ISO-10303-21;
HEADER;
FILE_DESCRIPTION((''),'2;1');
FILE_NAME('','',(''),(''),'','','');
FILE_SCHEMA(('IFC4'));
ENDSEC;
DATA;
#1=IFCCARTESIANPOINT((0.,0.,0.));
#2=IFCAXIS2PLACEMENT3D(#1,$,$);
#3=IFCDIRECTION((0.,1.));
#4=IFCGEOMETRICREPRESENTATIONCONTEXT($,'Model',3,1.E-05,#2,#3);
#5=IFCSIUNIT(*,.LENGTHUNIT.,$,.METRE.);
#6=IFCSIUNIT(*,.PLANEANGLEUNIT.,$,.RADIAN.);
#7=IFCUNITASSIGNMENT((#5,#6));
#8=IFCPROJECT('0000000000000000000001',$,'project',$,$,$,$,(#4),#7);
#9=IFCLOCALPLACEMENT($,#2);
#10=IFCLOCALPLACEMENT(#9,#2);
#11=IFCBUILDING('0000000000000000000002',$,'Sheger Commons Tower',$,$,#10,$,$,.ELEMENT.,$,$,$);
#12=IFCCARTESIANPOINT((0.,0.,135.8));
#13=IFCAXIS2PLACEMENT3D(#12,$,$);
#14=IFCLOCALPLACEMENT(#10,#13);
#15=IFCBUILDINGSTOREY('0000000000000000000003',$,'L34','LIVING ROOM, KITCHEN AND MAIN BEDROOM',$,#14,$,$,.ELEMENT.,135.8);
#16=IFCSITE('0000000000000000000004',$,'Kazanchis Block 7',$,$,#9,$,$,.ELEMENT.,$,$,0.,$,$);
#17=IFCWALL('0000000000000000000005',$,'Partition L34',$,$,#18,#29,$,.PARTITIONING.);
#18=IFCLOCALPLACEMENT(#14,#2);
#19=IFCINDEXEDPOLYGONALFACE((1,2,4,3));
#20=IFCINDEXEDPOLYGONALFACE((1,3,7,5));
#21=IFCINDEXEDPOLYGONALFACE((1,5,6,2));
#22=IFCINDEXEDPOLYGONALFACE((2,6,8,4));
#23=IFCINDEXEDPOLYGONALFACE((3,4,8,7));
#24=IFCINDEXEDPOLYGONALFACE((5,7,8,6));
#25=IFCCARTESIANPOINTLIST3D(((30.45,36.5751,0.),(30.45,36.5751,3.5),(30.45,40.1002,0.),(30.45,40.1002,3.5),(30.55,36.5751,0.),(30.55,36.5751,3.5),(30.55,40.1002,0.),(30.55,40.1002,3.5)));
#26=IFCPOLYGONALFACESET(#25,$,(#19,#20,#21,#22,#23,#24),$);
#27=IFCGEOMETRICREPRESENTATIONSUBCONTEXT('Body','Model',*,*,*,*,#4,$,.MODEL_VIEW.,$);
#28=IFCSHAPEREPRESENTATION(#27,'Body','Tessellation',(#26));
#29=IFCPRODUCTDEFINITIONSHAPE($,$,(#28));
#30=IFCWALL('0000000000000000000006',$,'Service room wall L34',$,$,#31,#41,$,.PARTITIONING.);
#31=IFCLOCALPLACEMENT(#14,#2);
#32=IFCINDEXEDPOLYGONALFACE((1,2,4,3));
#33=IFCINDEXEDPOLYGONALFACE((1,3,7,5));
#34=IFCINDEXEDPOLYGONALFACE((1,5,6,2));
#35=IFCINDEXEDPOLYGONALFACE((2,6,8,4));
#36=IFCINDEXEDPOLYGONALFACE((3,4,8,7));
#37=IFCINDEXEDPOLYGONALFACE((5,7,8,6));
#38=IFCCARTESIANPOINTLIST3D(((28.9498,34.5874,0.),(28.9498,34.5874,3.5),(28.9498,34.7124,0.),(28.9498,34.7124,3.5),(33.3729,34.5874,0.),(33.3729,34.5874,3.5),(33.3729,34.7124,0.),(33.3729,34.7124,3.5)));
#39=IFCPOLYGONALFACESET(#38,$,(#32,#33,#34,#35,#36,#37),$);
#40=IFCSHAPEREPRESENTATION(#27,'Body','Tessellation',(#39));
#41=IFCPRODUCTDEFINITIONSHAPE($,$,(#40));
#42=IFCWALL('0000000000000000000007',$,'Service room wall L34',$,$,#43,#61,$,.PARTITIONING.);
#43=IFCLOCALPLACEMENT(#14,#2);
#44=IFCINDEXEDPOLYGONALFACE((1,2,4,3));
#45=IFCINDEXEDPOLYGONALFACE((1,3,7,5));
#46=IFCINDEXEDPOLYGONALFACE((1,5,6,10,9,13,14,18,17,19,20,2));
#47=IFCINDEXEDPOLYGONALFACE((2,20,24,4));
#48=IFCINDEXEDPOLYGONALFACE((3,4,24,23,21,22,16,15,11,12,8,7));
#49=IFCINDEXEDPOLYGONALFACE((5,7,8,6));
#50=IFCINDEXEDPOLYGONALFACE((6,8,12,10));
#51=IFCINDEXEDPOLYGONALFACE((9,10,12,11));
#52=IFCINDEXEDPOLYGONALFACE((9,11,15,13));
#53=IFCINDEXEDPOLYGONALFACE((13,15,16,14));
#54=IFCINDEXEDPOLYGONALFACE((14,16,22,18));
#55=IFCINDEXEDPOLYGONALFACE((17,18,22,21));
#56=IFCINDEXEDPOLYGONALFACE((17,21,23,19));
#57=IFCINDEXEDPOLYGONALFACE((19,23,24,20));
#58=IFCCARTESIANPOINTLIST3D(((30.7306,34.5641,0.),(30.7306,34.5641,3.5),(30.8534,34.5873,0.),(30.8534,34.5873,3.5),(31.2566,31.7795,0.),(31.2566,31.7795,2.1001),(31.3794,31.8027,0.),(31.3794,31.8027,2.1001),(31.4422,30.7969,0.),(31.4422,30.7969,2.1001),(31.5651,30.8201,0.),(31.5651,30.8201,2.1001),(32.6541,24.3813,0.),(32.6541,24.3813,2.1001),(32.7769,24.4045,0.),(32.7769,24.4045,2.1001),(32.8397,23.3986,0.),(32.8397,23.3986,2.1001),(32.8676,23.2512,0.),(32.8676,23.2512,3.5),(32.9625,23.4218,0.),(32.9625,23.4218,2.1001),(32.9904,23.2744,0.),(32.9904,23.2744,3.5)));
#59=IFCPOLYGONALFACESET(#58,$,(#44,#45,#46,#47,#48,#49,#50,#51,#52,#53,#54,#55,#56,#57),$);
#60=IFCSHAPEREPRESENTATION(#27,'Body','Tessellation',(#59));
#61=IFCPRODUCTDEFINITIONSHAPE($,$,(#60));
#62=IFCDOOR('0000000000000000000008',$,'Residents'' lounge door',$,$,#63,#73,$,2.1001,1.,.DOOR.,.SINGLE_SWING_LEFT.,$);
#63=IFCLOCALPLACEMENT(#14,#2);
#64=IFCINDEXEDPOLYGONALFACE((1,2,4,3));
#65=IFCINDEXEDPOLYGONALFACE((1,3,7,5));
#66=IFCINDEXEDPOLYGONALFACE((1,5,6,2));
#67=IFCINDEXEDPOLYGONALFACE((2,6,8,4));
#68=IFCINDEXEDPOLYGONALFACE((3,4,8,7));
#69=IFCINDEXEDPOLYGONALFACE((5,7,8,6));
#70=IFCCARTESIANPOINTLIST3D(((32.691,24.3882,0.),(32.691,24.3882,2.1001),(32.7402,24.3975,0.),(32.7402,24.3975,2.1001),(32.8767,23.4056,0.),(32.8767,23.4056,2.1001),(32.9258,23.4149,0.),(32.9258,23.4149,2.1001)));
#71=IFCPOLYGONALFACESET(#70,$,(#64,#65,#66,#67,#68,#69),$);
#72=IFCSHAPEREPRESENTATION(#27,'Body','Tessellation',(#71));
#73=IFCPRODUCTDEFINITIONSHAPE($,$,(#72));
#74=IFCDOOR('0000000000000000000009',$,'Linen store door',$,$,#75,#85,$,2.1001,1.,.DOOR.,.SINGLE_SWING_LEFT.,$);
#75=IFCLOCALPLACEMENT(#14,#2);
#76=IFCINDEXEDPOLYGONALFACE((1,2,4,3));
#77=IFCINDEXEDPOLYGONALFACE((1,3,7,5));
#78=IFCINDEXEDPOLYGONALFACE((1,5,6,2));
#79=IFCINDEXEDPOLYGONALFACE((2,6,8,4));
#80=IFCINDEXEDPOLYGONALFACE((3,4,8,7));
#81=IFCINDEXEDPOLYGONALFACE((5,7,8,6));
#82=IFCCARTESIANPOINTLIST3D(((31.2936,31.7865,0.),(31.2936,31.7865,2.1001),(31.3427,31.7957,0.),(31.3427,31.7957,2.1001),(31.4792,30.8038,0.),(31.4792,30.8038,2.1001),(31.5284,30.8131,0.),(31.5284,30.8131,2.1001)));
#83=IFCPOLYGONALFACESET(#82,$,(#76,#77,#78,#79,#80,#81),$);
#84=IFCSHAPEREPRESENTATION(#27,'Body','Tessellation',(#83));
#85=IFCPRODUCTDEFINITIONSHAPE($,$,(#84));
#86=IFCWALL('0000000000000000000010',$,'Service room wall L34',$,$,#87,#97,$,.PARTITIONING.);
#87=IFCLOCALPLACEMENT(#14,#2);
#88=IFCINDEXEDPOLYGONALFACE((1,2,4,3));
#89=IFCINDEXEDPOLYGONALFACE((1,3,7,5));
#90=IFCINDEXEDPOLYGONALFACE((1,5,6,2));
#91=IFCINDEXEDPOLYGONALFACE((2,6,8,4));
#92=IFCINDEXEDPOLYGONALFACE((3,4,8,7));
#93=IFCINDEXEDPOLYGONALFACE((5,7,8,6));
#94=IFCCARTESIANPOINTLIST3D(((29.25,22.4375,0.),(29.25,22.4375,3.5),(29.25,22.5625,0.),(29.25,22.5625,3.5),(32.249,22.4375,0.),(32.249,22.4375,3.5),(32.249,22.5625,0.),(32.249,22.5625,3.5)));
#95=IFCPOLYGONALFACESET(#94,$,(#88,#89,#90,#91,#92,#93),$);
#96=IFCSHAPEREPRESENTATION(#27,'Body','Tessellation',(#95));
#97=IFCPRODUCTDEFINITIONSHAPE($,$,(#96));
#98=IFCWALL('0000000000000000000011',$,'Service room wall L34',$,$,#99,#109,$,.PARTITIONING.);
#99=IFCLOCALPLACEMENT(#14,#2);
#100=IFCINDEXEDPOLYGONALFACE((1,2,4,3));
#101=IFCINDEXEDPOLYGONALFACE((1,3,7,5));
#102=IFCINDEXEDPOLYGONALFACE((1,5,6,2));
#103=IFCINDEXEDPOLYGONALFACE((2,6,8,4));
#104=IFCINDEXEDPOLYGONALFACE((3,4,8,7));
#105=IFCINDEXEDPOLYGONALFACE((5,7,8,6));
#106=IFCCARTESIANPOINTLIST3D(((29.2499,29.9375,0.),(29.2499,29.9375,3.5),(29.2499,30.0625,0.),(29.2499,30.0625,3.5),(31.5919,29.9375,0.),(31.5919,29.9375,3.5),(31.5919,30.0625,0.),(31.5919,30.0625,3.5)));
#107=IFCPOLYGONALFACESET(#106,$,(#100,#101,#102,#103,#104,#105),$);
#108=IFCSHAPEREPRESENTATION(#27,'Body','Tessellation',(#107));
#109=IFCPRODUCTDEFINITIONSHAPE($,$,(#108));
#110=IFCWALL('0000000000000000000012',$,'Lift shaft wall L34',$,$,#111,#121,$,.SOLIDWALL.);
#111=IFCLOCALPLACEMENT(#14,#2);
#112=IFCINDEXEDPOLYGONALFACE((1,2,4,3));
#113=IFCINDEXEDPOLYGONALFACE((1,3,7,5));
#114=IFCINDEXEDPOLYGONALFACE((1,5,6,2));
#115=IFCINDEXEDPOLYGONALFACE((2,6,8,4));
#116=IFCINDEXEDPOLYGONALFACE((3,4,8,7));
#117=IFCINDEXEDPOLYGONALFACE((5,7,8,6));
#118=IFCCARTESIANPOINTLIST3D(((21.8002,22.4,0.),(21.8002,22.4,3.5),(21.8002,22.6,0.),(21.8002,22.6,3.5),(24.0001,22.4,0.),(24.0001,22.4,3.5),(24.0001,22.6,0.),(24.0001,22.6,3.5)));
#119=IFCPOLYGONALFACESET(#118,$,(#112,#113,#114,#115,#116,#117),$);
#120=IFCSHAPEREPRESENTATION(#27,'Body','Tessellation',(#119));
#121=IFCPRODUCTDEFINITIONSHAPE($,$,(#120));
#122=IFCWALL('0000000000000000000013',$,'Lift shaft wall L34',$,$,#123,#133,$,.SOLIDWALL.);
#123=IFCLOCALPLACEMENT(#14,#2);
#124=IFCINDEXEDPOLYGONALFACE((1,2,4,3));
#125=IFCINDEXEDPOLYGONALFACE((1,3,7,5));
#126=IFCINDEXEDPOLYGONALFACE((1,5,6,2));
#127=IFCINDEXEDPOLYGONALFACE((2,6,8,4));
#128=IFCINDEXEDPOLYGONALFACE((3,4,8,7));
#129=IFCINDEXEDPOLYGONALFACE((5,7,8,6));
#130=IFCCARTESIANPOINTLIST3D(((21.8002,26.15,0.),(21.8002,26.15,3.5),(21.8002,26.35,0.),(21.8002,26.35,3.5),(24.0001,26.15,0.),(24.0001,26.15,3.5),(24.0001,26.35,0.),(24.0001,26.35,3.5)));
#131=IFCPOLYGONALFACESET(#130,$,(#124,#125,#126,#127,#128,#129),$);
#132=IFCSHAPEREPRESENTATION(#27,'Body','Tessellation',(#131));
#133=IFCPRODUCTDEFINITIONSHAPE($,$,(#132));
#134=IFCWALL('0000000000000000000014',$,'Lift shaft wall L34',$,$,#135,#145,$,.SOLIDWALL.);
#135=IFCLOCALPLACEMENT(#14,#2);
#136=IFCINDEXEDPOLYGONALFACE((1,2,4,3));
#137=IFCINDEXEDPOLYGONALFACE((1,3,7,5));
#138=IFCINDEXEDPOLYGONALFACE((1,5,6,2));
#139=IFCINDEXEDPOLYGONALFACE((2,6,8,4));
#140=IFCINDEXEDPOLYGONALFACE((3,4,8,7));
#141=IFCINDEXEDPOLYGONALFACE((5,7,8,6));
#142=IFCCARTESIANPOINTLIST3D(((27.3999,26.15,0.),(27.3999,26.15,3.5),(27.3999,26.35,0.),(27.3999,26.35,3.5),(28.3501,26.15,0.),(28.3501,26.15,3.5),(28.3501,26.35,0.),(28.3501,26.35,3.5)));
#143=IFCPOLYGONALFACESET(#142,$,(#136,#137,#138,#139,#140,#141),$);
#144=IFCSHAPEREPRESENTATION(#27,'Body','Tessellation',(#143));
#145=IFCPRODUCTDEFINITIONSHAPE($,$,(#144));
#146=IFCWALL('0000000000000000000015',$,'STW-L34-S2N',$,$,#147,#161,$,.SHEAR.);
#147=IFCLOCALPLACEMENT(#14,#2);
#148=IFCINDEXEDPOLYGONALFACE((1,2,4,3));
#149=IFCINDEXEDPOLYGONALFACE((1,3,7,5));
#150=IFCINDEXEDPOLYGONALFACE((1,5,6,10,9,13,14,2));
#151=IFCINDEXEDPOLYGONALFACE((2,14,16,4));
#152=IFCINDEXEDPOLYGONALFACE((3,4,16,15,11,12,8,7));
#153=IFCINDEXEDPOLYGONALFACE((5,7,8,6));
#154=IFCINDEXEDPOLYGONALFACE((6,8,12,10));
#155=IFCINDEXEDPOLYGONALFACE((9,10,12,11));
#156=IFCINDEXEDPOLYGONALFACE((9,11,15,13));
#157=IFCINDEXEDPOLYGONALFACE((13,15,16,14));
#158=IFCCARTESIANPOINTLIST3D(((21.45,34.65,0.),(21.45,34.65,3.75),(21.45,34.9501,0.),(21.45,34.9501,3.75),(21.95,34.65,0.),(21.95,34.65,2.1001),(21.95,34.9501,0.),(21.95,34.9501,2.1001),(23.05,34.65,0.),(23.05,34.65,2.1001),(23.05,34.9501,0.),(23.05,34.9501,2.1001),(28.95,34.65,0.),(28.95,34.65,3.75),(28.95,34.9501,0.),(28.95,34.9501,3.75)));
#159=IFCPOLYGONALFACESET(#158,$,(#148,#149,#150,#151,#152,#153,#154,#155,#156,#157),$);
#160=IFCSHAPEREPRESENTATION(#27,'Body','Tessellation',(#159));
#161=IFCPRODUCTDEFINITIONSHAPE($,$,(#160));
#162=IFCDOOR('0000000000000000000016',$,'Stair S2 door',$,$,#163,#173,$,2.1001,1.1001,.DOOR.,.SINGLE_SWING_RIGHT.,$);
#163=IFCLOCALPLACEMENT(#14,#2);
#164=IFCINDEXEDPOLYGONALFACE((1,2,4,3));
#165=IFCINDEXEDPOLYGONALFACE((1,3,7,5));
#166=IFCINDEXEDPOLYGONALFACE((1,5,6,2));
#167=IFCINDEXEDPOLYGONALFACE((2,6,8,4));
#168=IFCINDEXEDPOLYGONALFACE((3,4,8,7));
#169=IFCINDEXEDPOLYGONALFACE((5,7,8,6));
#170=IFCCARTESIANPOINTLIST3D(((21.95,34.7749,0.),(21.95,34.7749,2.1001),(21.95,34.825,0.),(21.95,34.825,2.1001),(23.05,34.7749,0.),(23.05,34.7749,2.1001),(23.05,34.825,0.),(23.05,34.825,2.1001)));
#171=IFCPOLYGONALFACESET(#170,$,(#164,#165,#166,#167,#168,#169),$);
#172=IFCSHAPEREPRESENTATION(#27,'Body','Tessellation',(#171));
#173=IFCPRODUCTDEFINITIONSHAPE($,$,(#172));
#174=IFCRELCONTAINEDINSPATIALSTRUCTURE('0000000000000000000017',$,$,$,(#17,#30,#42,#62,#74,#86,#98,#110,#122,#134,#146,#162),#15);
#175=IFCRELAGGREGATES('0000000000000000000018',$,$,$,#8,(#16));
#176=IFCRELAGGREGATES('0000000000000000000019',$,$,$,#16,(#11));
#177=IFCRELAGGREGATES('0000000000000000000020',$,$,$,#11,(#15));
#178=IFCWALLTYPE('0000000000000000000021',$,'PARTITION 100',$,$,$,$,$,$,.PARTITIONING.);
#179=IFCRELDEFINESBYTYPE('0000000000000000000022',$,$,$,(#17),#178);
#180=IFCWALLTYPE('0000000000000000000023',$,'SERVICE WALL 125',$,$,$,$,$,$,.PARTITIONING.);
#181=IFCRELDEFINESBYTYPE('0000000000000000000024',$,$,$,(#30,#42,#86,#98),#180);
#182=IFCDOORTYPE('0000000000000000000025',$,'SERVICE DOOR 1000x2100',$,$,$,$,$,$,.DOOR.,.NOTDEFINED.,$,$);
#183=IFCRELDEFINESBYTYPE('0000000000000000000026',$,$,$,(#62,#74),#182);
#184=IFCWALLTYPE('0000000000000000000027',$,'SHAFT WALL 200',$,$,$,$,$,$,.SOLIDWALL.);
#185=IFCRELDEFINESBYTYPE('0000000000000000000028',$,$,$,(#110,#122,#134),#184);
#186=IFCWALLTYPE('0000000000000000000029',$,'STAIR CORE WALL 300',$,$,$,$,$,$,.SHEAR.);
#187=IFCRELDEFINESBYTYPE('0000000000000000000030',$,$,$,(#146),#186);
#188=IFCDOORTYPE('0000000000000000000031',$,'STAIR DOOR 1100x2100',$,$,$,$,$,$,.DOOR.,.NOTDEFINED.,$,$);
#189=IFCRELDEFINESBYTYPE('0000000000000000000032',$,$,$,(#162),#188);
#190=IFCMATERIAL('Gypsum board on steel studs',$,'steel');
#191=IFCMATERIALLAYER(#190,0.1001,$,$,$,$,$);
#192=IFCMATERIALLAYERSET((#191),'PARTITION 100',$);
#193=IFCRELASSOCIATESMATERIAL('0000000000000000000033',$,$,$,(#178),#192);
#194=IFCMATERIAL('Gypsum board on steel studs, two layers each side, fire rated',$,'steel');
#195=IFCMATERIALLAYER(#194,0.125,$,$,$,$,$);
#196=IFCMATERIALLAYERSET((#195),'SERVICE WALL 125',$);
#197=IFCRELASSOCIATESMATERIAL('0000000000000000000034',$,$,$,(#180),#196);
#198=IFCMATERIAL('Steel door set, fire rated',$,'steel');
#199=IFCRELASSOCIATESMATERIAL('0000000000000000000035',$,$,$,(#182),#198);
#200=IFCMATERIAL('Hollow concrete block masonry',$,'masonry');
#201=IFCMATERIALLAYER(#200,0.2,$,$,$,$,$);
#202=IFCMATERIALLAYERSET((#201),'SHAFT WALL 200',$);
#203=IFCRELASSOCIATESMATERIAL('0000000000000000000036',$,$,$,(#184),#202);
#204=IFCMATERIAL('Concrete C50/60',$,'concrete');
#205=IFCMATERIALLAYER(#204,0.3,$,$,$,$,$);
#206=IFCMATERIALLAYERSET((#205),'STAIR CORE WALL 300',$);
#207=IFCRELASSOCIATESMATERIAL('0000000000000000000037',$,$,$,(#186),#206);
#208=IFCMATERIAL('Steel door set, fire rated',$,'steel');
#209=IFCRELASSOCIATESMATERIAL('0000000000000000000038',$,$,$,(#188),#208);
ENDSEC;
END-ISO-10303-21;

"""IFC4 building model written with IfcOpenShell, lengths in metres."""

from ifc_helpers import new_model, si_unit, direction, frame, frame_2d, origin, place, context, subcontext, project, spatial, rectangle, extrude, material, layer, layer_set, type_object, element, fill, save


model = new_model("IFC4")

# Units and contexts
model_context = context("Model", 3, precision=1e-05, world=origin(), true_north=direction((0.0, 1.0)))
body_context = subcontext(model_context, "Body", "Model", "MODEL_VIEW")
ifc_project = project(units=[si_unit("LENGTHUNIT", "METRE"), si_unit("PLANEANGLEUNIT", "RADIAN")], contexts=[model_context])

# Site, building, storey
site_placement = place(None, origin())
site = spatial("IfcSite", under=ifc_project, at=site_placement, Name="Kazanchis Block 7", CompositionType="ELEMENT", RefElevation=0.0)
building_placement = place(site_placement, origin())
building = spatial("IfcBuilding", under=site, at=building_placement, Name="Sheger Commons Tower", CompositionType="ELEMENT")
storey_placement = place(building_placement, frame((0.0, 0.0, 135.8)))
storey = spatial("IfcBuildingStorey", under=building, at=storey_placement, Name="L34", Description="LIVING ROOM, KITCHEN AND MAIN BEDROOM", CompositionType="ELEMENT", Elevation=135.8)

# Walls
ifc_material_1 = material(Name="Gypsum board on steel studs", Category="steel")
ifc_layer_1 = layer(ifc_material_1, 0.1001)
ifc_layer_set_1 = layer_set([ifc_layer_1], Name="PARTITION 100")
wall_type_1 = type_object("IfcWallType", Name="PARTITION 100", PredefinedType="PARTITIONING", material=ifc_layer_set_1)
for number, where, z_axis, x_axis, name in (
    (1, (30.5, 36.575, 0.0), (0.0, 0.0, 1.0), (0.0, 1.0, 0.0), "Partition L34"),
):
    element("IfcWall", number, at=place(storey_placement, frame(where, z_axis=z_axis, x_axis=x_axis)), inside=storey, type_object=wall_type_1, Name=name, PredefinedType="PARTITIONING", context=body_context, shape_type="SweptSolid", body=[
        extrude(rectangle(XDim=3.5251, YDim=0.1001, at=frame_2d((1.7627, 0.0))), origin(), (0.0, 0.0, 1.0), 3.5),
    ])
ifc_material_2 = material(Name="Gypsum board on steel studs, two layers each side, fire rated", Category="steel")
ifc_layer_2 = layer(ifc_material_2, 0.125)
ifc_layer_set_2 = layer_set([ifc_layer_2], Name="SERVICE WALL 125")
wall_type_2 = type_object("IfcWallType", Name="SERVICE WALL 125", PredefinedType="PARTITIONING", material=ifc_layer_set_2)
wall_1_placement = place(storey_placement, frame((28.95, 34.6499, 0.0), z_axis=(0.0, 0.0, 1.0), x_axis=(1.0, 0.0, 0.0)))
element("IfcWall", 2, at=wall_1_placement, inside=storey, type_object=wall_type_2, Name="Service room wall L34", PredefinedType="PARTITIONING", context=body_context, shape_type="SweptSolid", body=[
    extrude(rectangle(XDim=4.4231, YDim=0.125, at=frame_2d((2.2114, 0.0))), origin(), (0.0, 0.0, 1.0), 3.5),
])

# Wall, openings, doors
wall_2_placement = place(storey_placement, frame((32.929, 23.2629, 0.0), z_axis=(0.0, 0.0, 1.0), x_axis=(-0.185612, 0.982623, 0.0)))
wall_2 = element("IfcWall", 3, at=wall_2_placement, inside=storey, type_object=wall_type_2, Name="Service room wall L34", PredefinedType="PARTITIONING", context=body_context, shape_type="SweptSolid", body=[
    extrude(rectangle(XDim=11.5129, YDim=0.125, at=frame_2d((5.7563, 0.0))), origin(), (0.0, 0.0, 1.0), 3.5),
])
opening_1_placement = place(wall_2_placement, frame((0.1499, 0.0, 0.0)))
opening_1 = element("IfcOpeningElement", 4, at=opening_1_placement, cuts=wall_2, PredefinedType="OPENING", context=body_context, shape_type="SweptSolid", body=[
    extrude(rectangle(XDim=1.0, YDim=2.1001, at=frame_2d((0.5, 1.05))), frame((0.0, 0.0725, 0.0), z_axis=(0.0, -1.0, 0.0), x_axis=(1.0, 0.0, 0.0)), (0.0, 0.0, 1.0), 0.145),
])
opening_2_placement = place(wall_2_placement, frame((7.679, 0.0, 0.0)))
opening_2 = element("IfcOpeningElement", 5, at=opening_2_placement, cuts=wall_2, PredefinedType="OPENING", context=body_context, shape_type="SweptSolid", body=[
    extrude(rectangle(XDim=1.0, YDim=2.1001, at=frame_2d((0.5, 1.05))), frame((0.0, 0.0725, 0.0), z_axis=(0.0, -1.0, 0.0), x_axis=(1.0, 0.0, 0.0)), (0.0, 0.0, 1.0), 0.145),
])
ifc_material_3 = material(Name="Steel door set, fire rated", Category="steel")
door_type_1 = type_object("IfcDoorType", Name="SERVICE DOOR 1000x2100", OperationType="NOTDEFINED", PredefinedType="DOOR", material=ifc_material_3)
door_1_placement = place(opening_1_placement, origin())
door_1 = element("IfcDoor", 6, at=door_1_placement, inside=storey, type_object=door_type_1, Name="Residents' lounge door", OperationType="SINGLE_SWING_LEFT", OverallHeight=2.1001, OverallWidth=1.0, PredefinedType="DOOR", context=body_context, shape_type="SweptSolid", body=[
    extrude(rectangle(XDim=1.0, YDim=2.1001, at=frame_2d((0.5, 1.05))), frame((0.0, 0.0249, 0.0), z_axis=(0.0, -1.0, 0.0), x_axis=(1.0, 0.0, 0.0)), (0.0, 0.0, 1.0), 0.05),
])
fill(opening_1, door_1)
door_2_placement = place(opening_2_placement, origin())
door_2 = element("IfcDoor", 7, at=door_2_placement, inside=storey, type_object=door_type_1, Name="Linen store door", OperationType="SINGLE_SWING_LEFT", OverallHeight=2.1001, OverallWidth=1.0, PredefinedType="DOOR", context=body_context, shape_type="SweptSolid", body=[
    extrude(rectangle(XDim=1.0, YDim=2.1001, at=frame_2d((0.5, 1.05))), frame((0.0, 0.0249, 0.0), z_axis=(0.0, -1.0, 0.0), x_axis=(1.0, 0.0, 0.0)), (0.0, 0.0, 1.0), 0.05),
])
fill(opening_2, door_2)

# Walls
wall_3_placement = place(storey_placement, frame((29.25, 22.5, 0.0), z_axis=(0.0, 0.0, 1.0), x_axis=(1.0, 0.0, 0.0)))
element("IfcWall", 8, at=wall_3_placement, inside=storey, type_object=wall_type_2, Name="Service room wall L34", PredefinedType="PARTITIONING", context=body_context, shape_type="SweptSolid", body=[
    extrude(rectangle(XDim=2.999, YDim=0.125, at=frame_2d((1.4995, 0.0))), origin(), (0.0, 0.0, 1.0), 3.5),
])
wall_4_placement = place(storey_placement, frame((29.25, 30.0, 0.0), z_axis=(0.0, 0.0, 1.0), x_axis=(1.0, 0.0, 0.0)))
element("IfcWall", 9, at=wall_4_placement, inside=storey, type_object=wall_type_2, Name="Service room wall L34", PredefinedType="PARTITIONING", context=body_context, shape_type="SweptSolid", body=[
    extrude(rectangle(XDim=2.342, YDim=0.125, at=frame_2d((1.1709, 0.0))), origin(), (0.0, 0.0, 1.0), 3.5),
])
ifc_material_4 = material(Name="Hollow concrete block masonry", Category="masonry")
ifc_layer_3 = layer(ifc_material_4, 0.2)
ifc_layer_set_3 = layer_set([ifc_layer_3], Name="SHAFT WALL 200")
wall_type_3 = type_object("IfcWallType", Name="SHAFT WALL 200", PredefinedType="SOLIDWALL", material=ifc_layer_set_3)
for number, where, z_axis, x_axis, name in (
    (10, (21.8, 22.5, 0.0), (0.0, 0.0, 1.0), (1.0, 0.0, 0.0), "Lift shaft wall L34"),
    (11, (21.8, 26.25, 0.0), (0.0, 0.0, 1.0), (1.0, 0.0, 0.0), "Lift shaft wall L34"),
):
    element("IfcWall", number, at=place(storey_placement, frame(where, z_axis=z_axis, x_axis=x_axis)), inside=storey, type_object=wall_type_3, Name=name, PredefinedType="SOLIDWALL", context=body_context, shape_type="SweptSolid", body=[
        extrude(rectangle(XDim=2.2, YDim=0.2, at=frame_2d((1.1001, 0.0))), origin(), (0.0, 0.0, 1.0), 3.5),
    ])
wall_5_placement = place(storey_placement, frame((27.3999, 26.25, 0.0), z_axis=(0.0, 0.0, 1.0), x_axis=(1.0, 0.0, 0.0)))
element("IfcWall", 12, at=wall_5_placement, inside=storey, type_object=wall_type_3, Name="Lift shaft wall L34", PredefinedType="SOLIDWALL", context=body_context, shape_type="SweptSolid", body=[
    extrude(rectangle(XDim=0.9502, YDim=0.2, at=frame_2d((0.4751, 0.0))), origin(), (0.0, 0.0, 1.0), 3.5),
])

# Wall, opening, door
ifc_material_5 = material(Name="Concrete C50/60", Category="concrete")
ifc_layer_4 = layer(ifc_material_5, 0.3)
ifc_layer_set_4 = layer_set([ifc_layer_4], Name="STAIR CORE WALL 300")
wall_type_4 = type_object("IfcWallType", Name="STAIR CORE WALL 300", PredefinedType="SHEAR", material=ifc_layer_set_4)
wall_6_placement = place(storey_placement, frame((21.45, 34.8, 0.0), z_axis=(0.0, 0.0, 1.0), x_axis=(1.0, 0.0, 0.0)))
wall_6 = element("IfcWall", 13, at=wall_6_placement, inside=storey, type_object=wall_type_4, Name="STW-L34-S2N", PredefinedType="SHEAR", context=body_context, shape_type="SweptSolid", body=[
    extrude(rectangle(XDim=7.5, YDim=0.3, at=frame_2d((3.75, 0.0))), origin(), (0.0, 0.0, 1.0), 3.75),
])
opening_3_placement = place(wall_6_placement, frame((0.5, 0.0, 0.0)))
opening_3 = element("IfcOpeningElement", 14, at=opening_3_placement, cuts=wall_6, PredefinedType="OPENING", context=body_context, shape_type="SweptSolid", body=[
    extrude(rectangle(XDim=1.1001, YDim=2.1001, at=frame_2d((0.55, 1.05))), frame((0.0, 0.1599, 0.0), z_axis=(0.0, -1.0, 0.0), x_axis=(1.0, 0.0, 0.0)), (0.0, 0.0, 1.0), 0.3201),
])
ifc_material_6 = material(Name="Steel door set, fire rated", Category="steel")
door_type_2 = type_object("IfcDoorType", Name="STAIR DOOR 1100x2100", OperationType="NOTDEFINED", PredefinedType="DOOR", material=ifc_material_6)
door_3_placement = place(opening_3_placement, origin())
door_3 = element("IfcDoor", 15, at=door_3_placement, inside=storey, type_object=door_type_2, Name="Stair S2 door", OperationType="SINGLE_SWING_RIGHT", OverallHeight=2.1001, OverallWidth=1.1001, PredefinedType="DOOR", context=body_context, shape_type="SweptSolid", body=[
    extrude(rectangle(XDim=1.1001, YDim=2.1001, at=frame_2d((0.55, 1.05))), frame((0.0, 0.0249, 0.0), z_axis=(0.0, -1.0, 0.0), x_axis=(1.0, 0.0, 0.0)), (0.0, 0.0, 1.0), 0.05),
])
fill(opening_3, door_3)

save(model, "model.ifc")
